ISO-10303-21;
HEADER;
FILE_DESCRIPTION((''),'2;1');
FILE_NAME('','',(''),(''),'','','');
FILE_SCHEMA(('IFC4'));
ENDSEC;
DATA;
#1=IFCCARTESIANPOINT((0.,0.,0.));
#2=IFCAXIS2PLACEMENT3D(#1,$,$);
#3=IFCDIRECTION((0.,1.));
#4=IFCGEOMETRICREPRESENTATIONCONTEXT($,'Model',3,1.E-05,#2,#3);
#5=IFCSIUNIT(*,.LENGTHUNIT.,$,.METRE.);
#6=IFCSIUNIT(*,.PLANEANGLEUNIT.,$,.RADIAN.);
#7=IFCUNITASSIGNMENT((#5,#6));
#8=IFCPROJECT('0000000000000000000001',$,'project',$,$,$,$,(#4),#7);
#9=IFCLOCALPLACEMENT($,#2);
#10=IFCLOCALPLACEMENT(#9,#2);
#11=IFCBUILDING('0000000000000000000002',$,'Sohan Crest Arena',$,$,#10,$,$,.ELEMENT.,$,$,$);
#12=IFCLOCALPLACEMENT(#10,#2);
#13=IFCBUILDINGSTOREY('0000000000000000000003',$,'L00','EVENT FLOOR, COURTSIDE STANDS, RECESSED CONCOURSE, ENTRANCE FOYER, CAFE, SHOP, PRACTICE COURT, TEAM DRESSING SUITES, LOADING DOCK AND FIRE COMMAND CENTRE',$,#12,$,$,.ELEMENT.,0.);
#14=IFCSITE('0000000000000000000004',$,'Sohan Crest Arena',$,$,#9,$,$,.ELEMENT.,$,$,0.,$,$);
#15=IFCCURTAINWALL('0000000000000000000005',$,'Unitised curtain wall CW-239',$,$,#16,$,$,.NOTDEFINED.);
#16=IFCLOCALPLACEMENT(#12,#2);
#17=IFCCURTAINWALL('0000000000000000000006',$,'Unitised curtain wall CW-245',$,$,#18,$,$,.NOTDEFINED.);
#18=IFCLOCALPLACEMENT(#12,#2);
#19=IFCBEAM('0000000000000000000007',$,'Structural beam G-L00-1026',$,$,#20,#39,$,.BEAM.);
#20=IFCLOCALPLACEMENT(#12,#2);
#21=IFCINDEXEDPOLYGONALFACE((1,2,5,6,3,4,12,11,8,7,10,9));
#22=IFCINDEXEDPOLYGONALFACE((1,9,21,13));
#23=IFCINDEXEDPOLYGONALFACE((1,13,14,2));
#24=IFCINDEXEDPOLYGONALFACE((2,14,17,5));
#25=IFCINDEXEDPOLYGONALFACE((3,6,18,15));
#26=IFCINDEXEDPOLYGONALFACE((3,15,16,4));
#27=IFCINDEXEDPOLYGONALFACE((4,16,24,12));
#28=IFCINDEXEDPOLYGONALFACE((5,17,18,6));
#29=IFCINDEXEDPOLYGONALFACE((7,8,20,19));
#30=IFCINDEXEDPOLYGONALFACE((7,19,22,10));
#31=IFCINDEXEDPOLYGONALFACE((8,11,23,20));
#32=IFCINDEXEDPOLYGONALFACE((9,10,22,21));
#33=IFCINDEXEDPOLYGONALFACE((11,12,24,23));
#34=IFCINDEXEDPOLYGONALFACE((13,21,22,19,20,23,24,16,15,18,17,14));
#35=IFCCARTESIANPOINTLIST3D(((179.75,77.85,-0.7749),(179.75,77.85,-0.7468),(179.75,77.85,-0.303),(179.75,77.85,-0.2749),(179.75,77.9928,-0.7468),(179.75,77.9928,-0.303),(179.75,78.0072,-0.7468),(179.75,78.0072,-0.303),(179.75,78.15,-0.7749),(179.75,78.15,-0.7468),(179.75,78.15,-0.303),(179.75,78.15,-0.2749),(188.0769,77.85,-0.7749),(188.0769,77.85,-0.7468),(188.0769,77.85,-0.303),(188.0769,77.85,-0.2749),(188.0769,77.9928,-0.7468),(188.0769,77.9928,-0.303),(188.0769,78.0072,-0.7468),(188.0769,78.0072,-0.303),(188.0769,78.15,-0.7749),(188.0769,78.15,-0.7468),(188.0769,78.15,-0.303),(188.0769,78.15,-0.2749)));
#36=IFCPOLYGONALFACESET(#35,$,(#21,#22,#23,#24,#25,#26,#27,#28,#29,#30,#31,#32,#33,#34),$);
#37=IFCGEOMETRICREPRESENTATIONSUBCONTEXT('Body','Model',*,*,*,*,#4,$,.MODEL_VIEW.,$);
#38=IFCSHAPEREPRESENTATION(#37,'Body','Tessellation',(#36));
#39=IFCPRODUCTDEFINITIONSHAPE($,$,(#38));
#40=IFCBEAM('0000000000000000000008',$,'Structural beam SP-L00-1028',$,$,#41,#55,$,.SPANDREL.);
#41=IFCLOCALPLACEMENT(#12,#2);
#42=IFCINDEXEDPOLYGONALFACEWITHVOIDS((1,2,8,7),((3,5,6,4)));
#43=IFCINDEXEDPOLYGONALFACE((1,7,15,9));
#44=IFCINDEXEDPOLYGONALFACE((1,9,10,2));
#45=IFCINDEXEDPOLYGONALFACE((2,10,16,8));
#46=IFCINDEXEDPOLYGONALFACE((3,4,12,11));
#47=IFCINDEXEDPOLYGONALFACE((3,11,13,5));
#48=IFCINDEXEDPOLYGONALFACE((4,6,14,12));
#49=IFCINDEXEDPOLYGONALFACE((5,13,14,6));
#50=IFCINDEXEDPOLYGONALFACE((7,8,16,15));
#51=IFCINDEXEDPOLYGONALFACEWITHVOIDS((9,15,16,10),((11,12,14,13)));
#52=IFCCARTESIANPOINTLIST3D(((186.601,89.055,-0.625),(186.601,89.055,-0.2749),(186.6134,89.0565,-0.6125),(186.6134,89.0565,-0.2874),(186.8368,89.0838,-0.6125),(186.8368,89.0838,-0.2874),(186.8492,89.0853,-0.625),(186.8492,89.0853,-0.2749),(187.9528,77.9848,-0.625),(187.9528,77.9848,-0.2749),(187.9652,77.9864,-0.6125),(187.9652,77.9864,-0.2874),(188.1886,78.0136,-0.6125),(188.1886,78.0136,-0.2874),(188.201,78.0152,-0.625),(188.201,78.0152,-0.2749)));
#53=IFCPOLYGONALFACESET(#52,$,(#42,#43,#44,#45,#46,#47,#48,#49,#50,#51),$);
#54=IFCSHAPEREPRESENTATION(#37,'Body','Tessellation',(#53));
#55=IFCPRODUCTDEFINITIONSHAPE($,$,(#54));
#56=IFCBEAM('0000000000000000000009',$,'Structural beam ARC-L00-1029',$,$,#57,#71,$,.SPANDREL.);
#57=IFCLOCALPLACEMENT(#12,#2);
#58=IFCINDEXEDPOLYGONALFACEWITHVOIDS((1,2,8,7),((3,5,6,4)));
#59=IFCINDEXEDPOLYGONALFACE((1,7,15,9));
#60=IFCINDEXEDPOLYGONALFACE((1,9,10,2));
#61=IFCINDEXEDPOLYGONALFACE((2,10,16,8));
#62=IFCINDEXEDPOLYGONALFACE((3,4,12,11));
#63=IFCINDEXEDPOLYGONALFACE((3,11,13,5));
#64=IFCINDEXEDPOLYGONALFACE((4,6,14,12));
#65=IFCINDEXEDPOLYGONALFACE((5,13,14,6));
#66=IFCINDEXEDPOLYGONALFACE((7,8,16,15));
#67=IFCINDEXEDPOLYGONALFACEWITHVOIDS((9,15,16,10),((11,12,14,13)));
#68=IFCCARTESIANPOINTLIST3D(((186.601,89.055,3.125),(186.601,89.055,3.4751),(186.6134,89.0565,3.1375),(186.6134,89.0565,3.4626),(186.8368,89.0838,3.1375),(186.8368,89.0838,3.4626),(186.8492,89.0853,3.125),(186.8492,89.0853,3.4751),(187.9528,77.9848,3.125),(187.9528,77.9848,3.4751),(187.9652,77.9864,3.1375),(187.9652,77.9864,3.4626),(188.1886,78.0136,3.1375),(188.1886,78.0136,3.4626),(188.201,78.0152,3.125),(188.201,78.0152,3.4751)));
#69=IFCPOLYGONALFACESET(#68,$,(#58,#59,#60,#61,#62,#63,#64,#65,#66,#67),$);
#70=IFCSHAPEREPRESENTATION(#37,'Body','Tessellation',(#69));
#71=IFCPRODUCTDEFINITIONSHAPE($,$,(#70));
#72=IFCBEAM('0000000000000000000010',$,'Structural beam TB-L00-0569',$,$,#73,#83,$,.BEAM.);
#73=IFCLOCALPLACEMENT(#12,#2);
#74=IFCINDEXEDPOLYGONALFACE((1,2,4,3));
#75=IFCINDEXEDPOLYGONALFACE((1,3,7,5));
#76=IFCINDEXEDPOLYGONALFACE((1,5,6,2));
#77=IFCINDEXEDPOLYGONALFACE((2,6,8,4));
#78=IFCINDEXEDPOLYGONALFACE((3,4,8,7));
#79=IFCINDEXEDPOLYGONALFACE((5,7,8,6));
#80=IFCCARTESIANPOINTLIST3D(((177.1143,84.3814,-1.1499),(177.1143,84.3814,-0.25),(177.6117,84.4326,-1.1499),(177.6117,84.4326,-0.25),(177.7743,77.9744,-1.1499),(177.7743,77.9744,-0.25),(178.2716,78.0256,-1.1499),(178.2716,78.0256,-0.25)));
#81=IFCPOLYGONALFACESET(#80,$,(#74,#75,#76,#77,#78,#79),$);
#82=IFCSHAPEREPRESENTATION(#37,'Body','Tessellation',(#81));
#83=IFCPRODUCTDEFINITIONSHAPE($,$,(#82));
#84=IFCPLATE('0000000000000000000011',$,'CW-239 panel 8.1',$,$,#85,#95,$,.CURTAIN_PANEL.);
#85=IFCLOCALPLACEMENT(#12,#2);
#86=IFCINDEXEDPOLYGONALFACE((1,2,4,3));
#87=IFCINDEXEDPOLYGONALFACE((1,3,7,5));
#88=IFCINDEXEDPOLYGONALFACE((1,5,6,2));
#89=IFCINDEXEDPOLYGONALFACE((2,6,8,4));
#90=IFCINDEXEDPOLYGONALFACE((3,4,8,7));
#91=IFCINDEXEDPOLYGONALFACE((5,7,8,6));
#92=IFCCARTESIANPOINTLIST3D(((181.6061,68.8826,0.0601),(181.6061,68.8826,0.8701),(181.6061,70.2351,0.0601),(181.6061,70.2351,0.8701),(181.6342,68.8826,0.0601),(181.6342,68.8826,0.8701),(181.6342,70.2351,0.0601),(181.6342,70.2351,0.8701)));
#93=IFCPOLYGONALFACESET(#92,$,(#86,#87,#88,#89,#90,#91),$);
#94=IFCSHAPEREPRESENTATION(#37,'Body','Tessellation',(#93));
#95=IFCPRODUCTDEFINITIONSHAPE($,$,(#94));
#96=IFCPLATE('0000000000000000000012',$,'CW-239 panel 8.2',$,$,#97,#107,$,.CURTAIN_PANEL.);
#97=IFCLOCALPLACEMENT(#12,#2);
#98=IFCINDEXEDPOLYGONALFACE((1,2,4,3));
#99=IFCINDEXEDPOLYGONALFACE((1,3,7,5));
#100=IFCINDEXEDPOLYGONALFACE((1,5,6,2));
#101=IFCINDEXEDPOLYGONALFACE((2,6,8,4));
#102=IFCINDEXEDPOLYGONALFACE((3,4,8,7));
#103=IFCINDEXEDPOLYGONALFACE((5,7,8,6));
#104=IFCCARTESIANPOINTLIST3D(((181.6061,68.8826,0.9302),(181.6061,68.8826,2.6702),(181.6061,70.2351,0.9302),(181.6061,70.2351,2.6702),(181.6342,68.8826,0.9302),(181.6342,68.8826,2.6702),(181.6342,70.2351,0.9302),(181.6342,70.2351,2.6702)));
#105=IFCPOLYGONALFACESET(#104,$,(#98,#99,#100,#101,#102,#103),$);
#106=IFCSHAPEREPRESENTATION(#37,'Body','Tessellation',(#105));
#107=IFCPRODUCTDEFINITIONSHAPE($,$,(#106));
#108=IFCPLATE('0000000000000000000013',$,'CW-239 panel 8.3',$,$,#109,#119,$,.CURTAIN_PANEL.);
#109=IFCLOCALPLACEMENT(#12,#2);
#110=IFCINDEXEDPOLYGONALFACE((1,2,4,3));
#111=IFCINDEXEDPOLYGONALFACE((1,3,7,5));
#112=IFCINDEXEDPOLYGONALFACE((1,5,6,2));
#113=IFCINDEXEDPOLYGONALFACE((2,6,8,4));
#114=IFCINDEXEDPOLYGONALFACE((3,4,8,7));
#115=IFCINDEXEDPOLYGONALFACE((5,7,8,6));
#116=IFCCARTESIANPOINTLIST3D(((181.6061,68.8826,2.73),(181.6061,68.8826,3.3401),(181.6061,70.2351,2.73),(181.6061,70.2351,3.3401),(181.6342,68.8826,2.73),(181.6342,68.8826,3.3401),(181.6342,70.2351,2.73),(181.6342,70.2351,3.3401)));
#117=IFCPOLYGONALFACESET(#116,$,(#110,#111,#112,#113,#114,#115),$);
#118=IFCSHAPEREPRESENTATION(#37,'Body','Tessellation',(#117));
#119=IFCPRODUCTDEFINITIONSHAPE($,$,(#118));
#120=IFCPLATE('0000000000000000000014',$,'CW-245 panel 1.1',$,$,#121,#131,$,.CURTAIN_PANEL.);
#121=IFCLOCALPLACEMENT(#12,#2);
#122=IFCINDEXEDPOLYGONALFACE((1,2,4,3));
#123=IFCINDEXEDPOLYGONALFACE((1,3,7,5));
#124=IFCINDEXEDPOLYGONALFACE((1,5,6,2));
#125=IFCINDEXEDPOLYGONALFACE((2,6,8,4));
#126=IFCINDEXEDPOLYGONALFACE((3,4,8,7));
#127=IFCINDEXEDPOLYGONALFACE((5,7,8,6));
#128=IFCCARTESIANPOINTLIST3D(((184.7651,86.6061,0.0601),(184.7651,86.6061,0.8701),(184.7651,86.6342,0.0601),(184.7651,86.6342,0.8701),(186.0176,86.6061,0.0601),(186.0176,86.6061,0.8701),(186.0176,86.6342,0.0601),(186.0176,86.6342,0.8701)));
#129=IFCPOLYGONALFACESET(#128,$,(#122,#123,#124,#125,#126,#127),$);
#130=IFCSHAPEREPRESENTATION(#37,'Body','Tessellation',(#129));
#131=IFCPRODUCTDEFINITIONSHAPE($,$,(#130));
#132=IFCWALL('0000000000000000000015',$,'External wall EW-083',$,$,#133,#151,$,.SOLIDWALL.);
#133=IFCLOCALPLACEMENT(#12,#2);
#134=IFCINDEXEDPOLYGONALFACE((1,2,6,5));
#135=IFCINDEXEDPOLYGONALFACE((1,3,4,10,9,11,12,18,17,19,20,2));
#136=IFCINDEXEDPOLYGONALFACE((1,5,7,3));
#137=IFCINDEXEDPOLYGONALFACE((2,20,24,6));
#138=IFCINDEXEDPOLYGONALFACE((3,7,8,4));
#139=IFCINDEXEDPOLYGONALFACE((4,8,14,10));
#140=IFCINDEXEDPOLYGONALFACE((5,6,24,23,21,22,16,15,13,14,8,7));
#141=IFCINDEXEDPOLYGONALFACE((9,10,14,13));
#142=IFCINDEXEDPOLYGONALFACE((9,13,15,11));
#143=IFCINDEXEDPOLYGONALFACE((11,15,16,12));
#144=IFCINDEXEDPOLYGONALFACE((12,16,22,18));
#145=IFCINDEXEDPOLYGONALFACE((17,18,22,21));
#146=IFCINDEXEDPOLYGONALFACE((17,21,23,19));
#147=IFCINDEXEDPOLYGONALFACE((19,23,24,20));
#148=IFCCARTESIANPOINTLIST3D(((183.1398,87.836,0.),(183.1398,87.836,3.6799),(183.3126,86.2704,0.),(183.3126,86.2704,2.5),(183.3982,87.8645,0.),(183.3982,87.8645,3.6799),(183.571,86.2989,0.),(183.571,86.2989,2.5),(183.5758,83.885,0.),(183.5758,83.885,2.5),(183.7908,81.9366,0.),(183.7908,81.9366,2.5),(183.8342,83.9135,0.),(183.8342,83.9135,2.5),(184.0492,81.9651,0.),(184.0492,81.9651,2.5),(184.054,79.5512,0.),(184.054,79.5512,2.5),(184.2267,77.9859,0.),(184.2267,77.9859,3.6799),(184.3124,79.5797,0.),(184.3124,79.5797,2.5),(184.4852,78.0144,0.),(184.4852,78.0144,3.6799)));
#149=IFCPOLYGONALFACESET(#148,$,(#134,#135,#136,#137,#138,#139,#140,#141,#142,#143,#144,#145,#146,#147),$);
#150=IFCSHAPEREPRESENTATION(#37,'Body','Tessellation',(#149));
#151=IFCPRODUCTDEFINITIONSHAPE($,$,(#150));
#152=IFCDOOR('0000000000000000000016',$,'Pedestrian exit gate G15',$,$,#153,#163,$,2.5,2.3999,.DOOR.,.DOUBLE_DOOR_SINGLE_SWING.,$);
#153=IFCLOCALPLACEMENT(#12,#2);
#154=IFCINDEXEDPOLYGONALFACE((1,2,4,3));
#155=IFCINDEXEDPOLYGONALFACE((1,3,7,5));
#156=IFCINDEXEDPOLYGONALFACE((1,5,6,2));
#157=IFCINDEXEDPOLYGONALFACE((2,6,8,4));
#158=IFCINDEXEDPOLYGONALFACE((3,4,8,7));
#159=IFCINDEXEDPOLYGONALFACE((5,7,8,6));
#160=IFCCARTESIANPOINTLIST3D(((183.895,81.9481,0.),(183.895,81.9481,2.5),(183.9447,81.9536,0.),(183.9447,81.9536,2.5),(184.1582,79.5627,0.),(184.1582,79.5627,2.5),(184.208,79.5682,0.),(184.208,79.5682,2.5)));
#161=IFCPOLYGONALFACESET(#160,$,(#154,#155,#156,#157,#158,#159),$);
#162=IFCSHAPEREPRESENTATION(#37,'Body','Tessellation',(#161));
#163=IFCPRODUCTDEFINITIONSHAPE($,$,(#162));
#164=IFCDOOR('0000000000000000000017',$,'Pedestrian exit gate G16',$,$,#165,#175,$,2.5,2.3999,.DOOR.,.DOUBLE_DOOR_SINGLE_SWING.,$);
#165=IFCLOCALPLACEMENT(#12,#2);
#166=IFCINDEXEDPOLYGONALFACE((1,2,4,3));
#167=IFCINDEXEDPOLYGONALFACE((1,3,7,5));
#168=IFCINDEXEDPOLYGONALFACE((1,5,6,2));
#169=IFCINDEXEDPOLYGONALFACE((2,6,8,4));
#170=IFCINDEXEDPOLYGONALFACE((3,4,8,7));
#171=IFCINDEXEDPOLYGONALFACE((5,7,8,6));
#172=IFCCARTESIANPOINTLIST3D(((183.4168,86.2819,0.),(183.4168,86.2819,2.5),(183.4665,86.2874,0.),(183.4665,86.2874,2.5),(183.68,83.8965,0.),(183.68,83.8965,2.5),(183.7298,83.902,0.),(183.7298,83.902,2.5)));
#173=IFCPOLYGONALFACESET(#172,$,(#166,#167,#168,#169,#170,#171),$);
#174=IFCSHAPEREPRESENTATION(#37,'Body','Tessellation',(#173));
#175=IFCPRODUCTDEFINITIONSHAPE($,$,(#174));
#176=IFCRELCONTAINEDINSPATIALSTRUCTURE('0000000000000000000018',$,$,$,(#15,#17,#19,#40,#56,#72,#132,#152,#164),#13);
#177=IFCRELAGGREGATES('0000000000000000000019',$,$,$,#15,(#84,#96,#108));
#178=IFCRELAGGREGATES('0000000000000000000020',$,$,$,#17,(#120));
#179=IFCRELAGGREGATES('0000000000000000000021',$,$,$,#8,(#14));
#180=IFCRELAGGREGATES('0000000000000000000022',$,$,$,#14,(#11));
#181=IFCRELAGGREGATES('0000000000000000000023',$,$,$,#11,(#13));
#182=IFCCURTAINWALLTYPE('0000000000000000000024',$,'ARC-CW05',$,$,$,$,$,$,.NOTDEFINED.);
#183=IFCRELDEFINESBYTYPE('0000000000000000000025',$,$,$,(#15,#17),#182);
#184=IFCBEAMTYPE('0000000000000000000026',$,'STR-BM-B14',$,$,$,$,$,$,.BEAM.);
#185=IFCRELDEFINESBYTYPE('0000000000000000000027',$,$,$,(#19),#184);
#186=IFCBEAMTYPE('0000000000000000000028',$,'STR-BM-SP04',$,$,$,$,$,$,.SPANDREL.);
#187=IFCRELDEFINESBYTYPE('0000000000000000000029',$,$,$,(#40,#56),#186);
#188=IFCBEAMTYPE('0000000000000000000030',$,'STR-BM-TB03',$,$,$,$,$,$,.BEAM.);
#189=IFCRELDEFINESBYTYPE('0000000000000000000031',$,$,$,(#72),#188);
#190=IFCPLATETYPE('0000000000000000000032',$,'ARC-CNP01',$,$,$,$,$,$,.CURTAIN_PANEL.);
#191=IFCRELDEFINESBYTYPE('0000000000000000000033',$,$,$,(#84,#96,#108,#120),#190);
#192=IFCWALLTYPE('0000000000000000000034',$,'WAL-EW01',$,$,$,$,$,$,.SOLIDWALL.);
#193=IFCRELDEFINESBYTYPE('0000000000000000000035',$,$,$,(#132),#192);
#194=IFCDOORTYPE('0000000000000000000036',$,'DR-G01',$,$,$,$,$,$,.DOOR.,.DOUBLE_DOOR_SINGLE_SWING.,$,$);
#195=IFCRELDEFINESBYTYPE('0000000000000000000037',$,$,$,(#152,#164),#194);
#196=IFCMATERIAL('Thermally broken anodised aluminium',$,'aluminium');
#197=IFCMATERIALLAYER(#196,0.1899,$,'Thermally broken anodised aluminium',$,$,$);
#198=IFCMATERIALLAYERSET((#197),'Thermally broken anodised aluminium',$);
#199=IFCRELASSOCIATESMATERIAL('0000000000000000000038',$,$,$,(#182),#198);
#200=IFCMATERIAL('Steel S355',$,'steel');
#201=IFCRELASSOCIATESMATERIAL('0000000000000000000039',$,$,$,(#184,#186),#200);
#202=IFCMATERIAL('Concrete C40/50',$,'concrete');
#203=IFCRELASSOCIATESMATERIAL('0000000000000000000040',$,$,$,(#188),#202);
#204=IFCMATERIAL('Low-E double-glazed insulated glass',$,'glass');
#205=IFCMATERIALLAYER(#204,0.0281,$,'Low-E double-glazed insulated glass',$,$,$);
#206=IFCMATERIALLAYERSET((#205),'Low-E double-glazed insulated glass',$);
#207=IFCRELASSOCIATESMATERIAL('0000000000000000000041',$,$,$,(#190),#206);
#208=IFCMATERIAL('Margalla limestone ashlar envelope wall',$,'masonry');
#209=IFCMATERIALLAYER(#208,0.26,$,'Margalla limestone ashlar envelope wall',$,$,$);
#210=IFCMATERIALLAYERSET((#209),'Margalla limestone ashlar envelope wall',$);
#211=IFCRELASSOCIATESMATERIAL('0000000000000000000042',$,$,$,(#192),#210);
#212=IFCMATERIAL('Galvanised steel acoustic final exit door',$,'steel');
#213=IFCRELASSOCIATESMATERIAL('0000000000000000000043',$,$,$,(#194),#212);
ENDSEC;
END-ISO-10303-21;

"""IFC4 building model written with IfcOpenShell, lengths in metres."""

from ifc_helpers import new_model, si_unit, direction, frame, frame_2d, origin, origin_2d, place, context, subcontext, project, spatial, rectangle, hollow_rectangle, i_section, extrude, material, layer, layer_set, material_profile, profile_set, type_object, element, fill, aggregate, save


model = new_model("IFC4")

# Units and contexts
model_context = context("Model", 3, precision=1e-05, world=origin(), true_north=direction((0.0, 1.0)))
body_context = subcontext(model_context, "Body", "Model", "MODEL_VIEW")
ifc_project = project(units=[si_unit("LENGTHUNIT", "METRE"), si_unit("PLANEANGLEUNIT", "RADIAN")], contexts=[model_context])

# Site, building, storey
site_placement = place(None, origin())
site = spatial("IfcSite", under=ifc_project, at=site_placement, Name="Sohan Crest Arena", CompositionType="ELEMENT", RefElevation=0.0)
building_placement = place(site_placement, origin())
building = spatial("IfcBuilding", under=site, at=building_placement, Name="Sohan Crest Arena", CompositionType="ELEMENT")
storey_placement = place(building_placement, origin())
storey = spatial("IfcBuildingStorey", under=building, at=storey_placement, Name="L00", Description="EVENT FLOOR, COURTSIDE STANDS, RECESSED CONCOURSE, ENTRANCE FOYER, CAFE, SHOP, PRACTICE COURT, TEAM DRESSING SUITES, LOADING DOCK AND FIRE COMMAND CENTRE", CompositionType="ELEMENT", Elevation=0.0)

# Shared definitions
ifc_material_1 = material(Name="Concrete C40/50", Category="concrete")
ifc_material_2 = material(Name="Steel S355", Category="steel")

# Curtain wall
ifc_material_3 = material(Name="Thermally broken anodised aluminium", Category="aluminium")
ifc_layer_1 = layer(ifc_material_3, 0.1899, Name="Thermally broken anodised aluminium")
ifc_layer_set_1 = layer_set([ifc_layer_1], Name="Thermally broken anodised aluminium")
curtain_wall_type = type_object("IfcCurtainWallType", Name="ARC-CW05", PredefinedType="NOTDEFINED", material=ifc_layer_set_1)
curtain_wall_1_placement = place(storey_placement, origin())
curtain_wall_1 = element("IfcCurtainWall", 1, at=curtain_wall_1_placement, inside=storey, type_object=curtain_wall_type, Name="Unitised curtain wall CW-239", PredefinedType="NOTDEFINED")

# Curtain wall
curtain_wall_2_placement = place(storey_placement, origin())
curtain_wall_2 = element("IfcCurtainWall", 2, at=curtain_wall_2_placement, inside=storey, type_object=curtain_wall_type, Name="Unitised curtain wall CW-245", PredefinedType="NOTDEFINED")

# Beams
ifc_material_profile_1 = material_profile(ifc_material_2, i_section(OverallWidth=0.3, OverallDepth=0.5, WebThickness=0.0144, FlangeThickness=0.0281, at=origin_2d()), Name="HEB 500")
ifc_profile_set_1 = profile_set([ifc_material_profile_1], Name="Steel S355")
beam_type_1 = type_object("IfcBeamType", Name="STR-BM-B14", PredefinedType="BEAM", material=ifc_profile_set_1)
beam_1_placement = place(storey_placement, frame((179.75, 78.0, -0.5249), z_axis=(1.0, 0.0, 0.0), x_axis=(0.0, 1.0, 0.0)))
element("IfcBeam", 3, at=beam_1_placement, inside=storey, type_object=beam_type_1, Name="Structural beam G-L00-1026", PredefinedType="BEAM", context=body_context, shape_type="SweptSolid", body=[
    extrude(i_section(OverallWidth=0.3, OverallDepth=0.5, WebThickness=0.0144, FlangeThickness=0.0281, at=origin_2d()), origin(), (0.0, 0.0, 1.0), 8.3269),
])
ifc_material_profile_2 = material_profile(ifc_material_2, hollow_rectangle(XDim=0.25, YDim=0.3501, WallThickness=0.0125, at=origin_2d()), Name="RHS 350x250x12.5")
ifc_profile_set_2 = profile_set([ifc_material_profile_2], Name="Steel S355")
beam_type_2 = type_object("IfcBeamType", Name="STR-BM-SP04", PredefinedType="SPANDREL", material=ifc_profile_set_2)
for number, where, z_axis, x_axis, name in (
    (4, (188.0769, 78.0, -0.45), (-0.121213, 0.992626, 0.0), (-0.992626, -0.121213, 0.0), "Structural beam SP-L00-1028"),
    (5, (188.0769, 78.0, 3.3), (-0.121213, 0.992626, 0.0), (-0.992626, -0.121213, 0.0), "Structural beam ARC-L00-1029"),
):
    element("IfcBeam", number, at=place(storey_placement, frame(where, z_axis=z_axis, x_axis=x_axis)), inside=storey, type_object=beam_type_2, Name=name, PredefinedType="SPANDREL", context=body_context, shape_type="SweptSolid", body=[
        extrude(hollow_rectangle(XDim=0.25, YDim=0.3501, WallThickness=0.0125, at=origin_2d()), origin(), (0.0, 0.0, 1.0), 11.1523),
    ])
ifc_material_profile_3 = material_profile(ifc_material_1, rectangle(XDim=0.5, YDim=0.8999, at=origin_2d()), Name="RC-BM 500x900")
ifc_profile_set_3 = profile_set([ifc_material_profile_3], Name="Concrete C40/50")
beam_type_3 = type_object("IfcBeamType", Name="STR-BM-TB03", PredefinedType="BEAM", material=ifc_profile_set_3)
beam_2_placement = place(storey_placement, frame((178.0229, 78.0, -0.7), z_axis=(-0.102457, 0.994737, 0.0), x_axis=(-0.994737, -0.102457, 0.0)))
element("IfcBeam", 6, at=beam_2_placement, inside=storey, type_object=beam_type_3, Name="Structural beam TB-L00-0569", PredefinedType="BEAM", context=body_context, shape_type="SweptSolid", body=[
    extrude(rectangle(XDim=0.5, YDim=0.8999, at=origin_2d()), origin(), (0.0, 0.0, 1.0), 6.4409),
])

# Plates
ifc_material_4 = material(Name="Low-E double-glazed insulated glass", Category="glass")
ifc_layer_2 = layer(ifc_material_4, 0.0281, Name="Low-E double-glazed insulated glass")
ifc_layer_set_2 = layer_set([ifc_layer_2], Name="Low-E double-glazed insulated glass")
plate_type = type_object("IfcPlateType", Name="ARC-CNP01", PredefinedType="CURTAIN_PANEL", material=ifc_layer_set_2)
plate_1_placement = place(storey_placement, frame((181.6201, 69.5588, 0.0601), z_axis=(0.0, 0.0, 1.0), x_axis=(0.0, 1.0, 0.0)))
plate_1 = element("IfcPlate", 7, at=plate_1_placement, type_object=plate_type, Name="CW-239 panel 8.1", PredefinedType="CURTAIN_PANEL", context=body_context, shape_type="SweptSolid", body=[
    extrude(rectangle(XDim=1.3525, YDim=0.0281, at=origin_2d()), origin(), (0.0, 0.0, 1.0), 0.8101),
])
plate_2_placement = place(storey_placement, frame((181.6201, 69.5588, 0.9302), z_axis=(0.0, 0.0, 1.0), x_axis=(0.0, 1.0, 0.0)))
plate_2 = element("IfcPlate", 8, at=plate_2_placement, type_object=plate_type, Name="CW-239 panel 8.2", PredefinedType="CURTAIN_PANEL", context=body_context, shape_type="SweptSolid", body=[
    extrude(rectangle(XDim=1.3525, YDim=0.0281, at=origin_2d()), origin(), (0.0, 0.0, 1.0), 1.74),
])
plate_3_placement = place(storey_placement, frame((181.6201, 69.5588, 2.73), z_axis=(0.0, 0.0, 1.0), x_axis=(0.0, 1.0, 0.0)))
plate_3 = element("IfcPlate", 9, at=plate_3_placement, type_object=plate_type, Name="CW-239 panel 8.3", PredefinedType="CURTAIN_PANEL", context=body_context, shape_type="SweptSolid", body=[
    extrude(rectangle(XDim=1.3525, YDim=0.0281, at=origin_2d()), origin(), (0.0, 0.0, 1.0), 0.6101),
])
aggregate(curtain_wall_1, [plate_1, plate_2, plate_3])
plate_4_placement = place(storey_placement, frame((185.3914, 86.6201, 0.0601), z_axis=(0.0, 0.0, 1.0), x_axis=(1.0, 0.0, 0.0)))
plate_4 = element("IfcPlate", 10, at=plate_4_placement, type_object=plate_type, Name="CW-245 panel 1.1", PredefinedType="CURTAIN_PANEL", context=body_context, shape_type="SweptSolid", body=[
    extrude(rectangle(XDim=1.2524, YDim=0.0281, at=origin_2d()), origin(), (0.0, 0.0, 1.0), 0.8101),
])
aggregate(curtain_wall_2, [plate_4])

# Wall, openings, doors
ifc_material_5 = material(Name="Margalla limestone ashlar envelope wall", Category="masonry")
ifc_layer_3 = layer(ifc_material_5, 0.26, Name="Margalla limestone ashlar envelope wall")
ifc_layer_set_3 = layer_set([ifc_layer_3], Name="Margalla limestone ashlar envelope wall")
wall_type_1 = type_object("IfcWallType", Name="WAL-EW01", PredefinedType="SOLIDWALL", material=ifc_layer_set_3)
wall_1_placement = place(storey_placement, frame((184.356, 78.0, 0.0), z_axis=(0.0, 0.0, 1.0), x_axis=(-0.10968, 0.993967, 0.0)))
wall_1 = element("IfcWall", 11, at=wall_1_placement, inside=storey, type_object=wall_type_1, Name="External wall EW-083", PredefinedType="SOLIDWALL", context=body_context, shape_type="SweptSolid", body=[
    extrude(rectangle(XDim=9.9099, YDim=0.26, at=frame_2d((4.9551, 0.0))), origin(), (0.0, 0.0, 1.0), 3.6799),
])
opening_1_placement = place(wall_1_placement, frame((1.575, 0.0, 0.0)))
opening_1 = element("IfcOpeningElement", 12, at=opening_1_placement, cuts=wall_1, PredefinedType="OPENING", context=body_context, shape_type="SweptSolid", body=[
    extrude(rectangle(XDim=2.3999, YDim=2.5, at=frame_2d((1.2, 1.25))), frame((0.0, 0.1399, 0.0), z_axis=(0.0, -1.0, 0.0), x_axis=(1.0, 0.0, 0.0)), (0.0, 0.0, 1.0), 0.28),
])
opening_2_placement = place(wall_1_placement, frame((5.9351, 0.0, 0.0)))
opening_2 = element("IfcOpeningElement", 13, at=opening_2_placement, cuts=wall_1, PredefinedType="OPENING", context=body_context, shape_type="SweptSolid", body=[
    extrude(rectangle(XDim=2.3999, YDim=2.5, at=frame_2d((1.2, 1.25))), frame((0.0, 0.1399, 0.0), z_axis=(0.0, -1.0, 0.0), x_axis=(1.0, 0.0, 0.0)), (0.0, 0.0, 1.0), 0.28),
])
ifc_material_6 = material(Name="Galvanised steel acoustic final exit door", Category="steel")
door_type_1 = type_object("IfcDoorType", Name="DR-G01", OperationType="DOUBLE_DOOR_SINGLE_SWING", PredefinedType="DOOR", material=ifc_material_6)
door_1_placement = place(opening_1_placement, frame((2.3999, 0.0, 0.0), z_axis=(0.0, 0.0, 1.0), x_axis=(-1.0, 0.0, 0.0)))
door_1 = element("IfcDoor", 14, at=door_1_placement, inside=storey, type_object=door_type_1, Name="Pedestrian exit gate G15", OperationType="DOUBLE_DOOR_SINGLE_SWING", OverallHeight=2.5, OverallWidth=2.3999, PredefinedType="DOOR", context=body_context, shape_type="SweptSolid", body=[
    extrude(rectangle(XDim=2.3999, YDim=2.5, at=frame_2d((1.2, 1.25))), frame((0.0, 0.0249, 0.0), z_axis=(0.0, -1.0, 0.0), x_axis=(1.0, 0.0, 0.0)), (0.0, 0.0, 1.0), 0.05),
])
fill(opening_1, door_1)
door_2_placement = place(opening_2_placement, frame((2.3999, 0.0, 0.0), z_axis=(0.0, 0.0, 1.0), x_axis=(-1.0, 0.0, 0.0)))
door_2 = element("IfcDoor", 15, at=door_2_placement, inside=storey, type_object=door_type_1, Name="Pedestrian exit gate G16", OperationType="DOUBLE_DOOR_SINGLE_SWING", OverallHeight=2.5, OverallWidth=2.3999, PredefinedType="DOOR", context=body_context, shape_type="SweptSolid", body=[
    extrude(rectangle(XDim=2.3999, YDim=2.5, at=frame_2d((1.2, 1.25))), frame((0.0, 0.0249, 0.0), z_axis=(0.0, -1.0, 0.0), x_axis=(1.0, 0.0, 0.0)), (0.0, 0.0, 1.0), 0.05),
])
fill(opening_2, door_2)

save(model, "model.ifc")
